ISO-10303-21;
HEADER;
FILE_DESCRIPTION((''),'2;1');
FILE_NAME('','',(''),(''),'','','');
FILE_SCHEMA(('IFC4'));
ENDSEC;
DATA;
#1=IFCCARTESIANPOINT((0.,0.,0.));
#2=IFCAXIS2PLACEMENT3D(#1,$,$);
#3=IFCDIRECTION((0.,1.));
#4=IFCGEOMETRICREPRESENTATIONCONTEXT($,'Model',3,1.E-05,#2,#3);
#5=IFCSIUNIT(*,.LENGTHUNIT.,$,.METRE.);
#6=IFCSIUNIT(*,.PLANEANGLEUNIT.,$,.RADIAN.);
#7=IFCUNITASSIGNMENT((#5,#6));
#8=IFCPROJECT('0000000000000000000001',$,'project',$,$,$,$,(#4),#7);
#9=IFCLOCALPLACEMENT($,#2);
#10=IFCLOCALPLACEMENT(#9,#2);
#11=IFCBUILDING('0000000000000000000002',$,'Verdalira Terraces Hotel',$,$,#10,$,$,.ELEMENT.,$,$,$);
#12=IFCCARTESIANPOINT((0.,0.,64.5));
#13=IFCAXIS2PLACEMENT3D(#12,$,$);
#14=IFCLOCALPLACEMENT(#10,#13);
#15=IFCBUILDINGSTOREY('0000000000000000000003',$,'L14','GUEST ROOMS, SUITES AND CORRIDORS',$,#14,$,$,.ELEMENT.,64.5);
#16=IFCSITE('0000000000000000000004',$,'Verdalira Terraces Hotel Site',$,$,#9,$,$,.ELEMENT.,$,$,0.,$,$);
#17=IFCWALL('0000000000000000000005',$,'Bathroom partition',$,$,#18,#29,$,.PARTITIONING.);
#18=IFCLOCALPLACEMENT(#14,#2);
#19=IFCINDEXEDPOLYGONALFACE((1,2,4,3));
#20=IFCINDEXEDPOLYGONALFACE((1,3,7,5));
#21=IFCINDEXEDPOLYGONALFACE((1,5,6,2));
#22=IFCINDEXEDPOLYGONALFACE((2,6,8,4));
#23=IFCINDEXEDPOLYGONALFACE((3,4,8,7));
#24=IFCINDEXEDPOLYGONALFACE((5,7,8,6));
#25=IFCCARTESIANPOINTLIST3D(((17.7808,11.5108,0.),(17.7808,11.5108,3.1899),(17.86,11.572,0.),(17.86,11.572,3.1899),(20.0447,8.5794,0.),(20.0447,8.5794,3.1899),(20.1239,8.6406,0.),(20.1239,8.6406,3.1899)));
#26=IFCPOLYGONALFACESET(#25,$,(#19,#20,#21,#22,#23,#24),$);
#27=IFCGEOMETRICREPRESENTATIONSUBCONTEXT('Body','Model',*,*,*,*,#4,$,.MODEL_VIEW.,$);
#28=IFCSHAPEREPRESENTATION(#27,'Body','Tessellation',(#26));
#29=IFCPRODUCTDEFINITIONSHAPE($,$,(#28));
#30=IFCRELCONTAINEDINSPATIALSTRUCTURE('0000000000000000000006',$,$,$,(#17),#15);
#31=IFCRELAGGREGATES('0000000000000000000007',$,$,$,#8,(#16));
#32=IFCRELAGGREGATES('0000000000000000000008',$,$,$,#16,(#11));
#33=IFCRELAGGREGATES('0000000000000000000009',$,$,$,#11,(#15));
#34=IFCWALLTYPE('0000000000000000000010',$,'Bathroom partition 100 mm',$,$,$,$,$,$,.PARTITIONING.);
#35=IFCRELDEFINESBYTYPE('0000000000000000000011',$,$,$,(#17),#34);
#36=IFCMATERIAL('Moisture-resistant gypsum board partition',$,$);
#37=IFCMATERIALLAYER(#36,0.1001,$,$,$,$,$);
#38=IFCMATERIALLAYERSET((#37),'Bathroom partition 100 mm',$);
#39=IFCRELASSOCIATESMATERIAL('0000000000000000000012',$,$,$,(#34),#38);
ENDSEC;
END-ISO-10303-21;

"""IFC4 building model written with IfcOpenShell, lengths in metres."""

from ifc_helpers import new_model, si_unit, direction, frame, frame_2d, origin, place, context, subcontext, project, spatial, rectangle, extrude, material, layer, layer_set, type_object, element, save


model = new_model("IFC4")

# Units and contexts
model_context = context("Model", 3, precision=1e-05, world=origin(), true_north=direction((0.0, 1.0)))
body_context = subcontext(model_context, "Body", "Model", "MODEL_VIEW")
ifc_project = project(units=[si_unit("LENGTHUNIT", "METRE"), si_unit("PLANEANGLEUNIT", "RADIAN")], contexts=[model_context])

# Site, building, storey
site_placement = place(None, origin())
site = spatial("IfcSite", under=ifc_project, at=site_placement, Name="Verdalira Terraces Hotel Site", CompositionType="ELEMENT", RefElevation=0.0)
building_placement = place(site_placement, origin())
building = spatial("IfcBuilding", under=site, at=building_placement, Name="Verdalira Terraces Hotel", CompositionType="ELEMENT")
storey_placement = place(building_placement, frame((0.0, 0.0, 64.5)))
storey = spatial("IfcBuildingStorey", under=building, at=storey_placement, Name="L14", Description="GUEST ROOMS, SUITES AND CORRIDORS", CompositionType="ELEMENT", Elevation=64.5)

# Wall
ifc_material_1 = material(Name="Moisture-resistant gypsum board partition")
ifc_layer_1 = layer(ifc_material_1, 0.1001)
ifc_layer_set_1 = layer_set([ifc_layer_1], Name="Bathroom partition 100 mm")
wall_type_1 = type_object("IfcWallType", Name="Bathroom partition 100 mm", PredefinedType="PARTITIONING", material=ifc_layer_set_1)
wall_1_placement = place(storey_placement, frame((17.8203, 11.5415, 0.0), z_axis=(0.0, 0.0, 1.0), x_axis=(0.611235, -0.791449, 0.0)))
element("IfcWall", 1, at=wall_1_placement, inside=storey, type_object=wall_type_1, Name="Bathroom partition", PredefinedType="PARTITIONING", context=body_context, shape_type="SweptSolid", body=[
    extrude(rectangle(XDim=3.7039, YDim=0.1001, at=frame_2d((1.8521, 0.0))), origin(), (0.0, 0.0, 1.0), 3.1899),
])

save(model, "model.ifc")
